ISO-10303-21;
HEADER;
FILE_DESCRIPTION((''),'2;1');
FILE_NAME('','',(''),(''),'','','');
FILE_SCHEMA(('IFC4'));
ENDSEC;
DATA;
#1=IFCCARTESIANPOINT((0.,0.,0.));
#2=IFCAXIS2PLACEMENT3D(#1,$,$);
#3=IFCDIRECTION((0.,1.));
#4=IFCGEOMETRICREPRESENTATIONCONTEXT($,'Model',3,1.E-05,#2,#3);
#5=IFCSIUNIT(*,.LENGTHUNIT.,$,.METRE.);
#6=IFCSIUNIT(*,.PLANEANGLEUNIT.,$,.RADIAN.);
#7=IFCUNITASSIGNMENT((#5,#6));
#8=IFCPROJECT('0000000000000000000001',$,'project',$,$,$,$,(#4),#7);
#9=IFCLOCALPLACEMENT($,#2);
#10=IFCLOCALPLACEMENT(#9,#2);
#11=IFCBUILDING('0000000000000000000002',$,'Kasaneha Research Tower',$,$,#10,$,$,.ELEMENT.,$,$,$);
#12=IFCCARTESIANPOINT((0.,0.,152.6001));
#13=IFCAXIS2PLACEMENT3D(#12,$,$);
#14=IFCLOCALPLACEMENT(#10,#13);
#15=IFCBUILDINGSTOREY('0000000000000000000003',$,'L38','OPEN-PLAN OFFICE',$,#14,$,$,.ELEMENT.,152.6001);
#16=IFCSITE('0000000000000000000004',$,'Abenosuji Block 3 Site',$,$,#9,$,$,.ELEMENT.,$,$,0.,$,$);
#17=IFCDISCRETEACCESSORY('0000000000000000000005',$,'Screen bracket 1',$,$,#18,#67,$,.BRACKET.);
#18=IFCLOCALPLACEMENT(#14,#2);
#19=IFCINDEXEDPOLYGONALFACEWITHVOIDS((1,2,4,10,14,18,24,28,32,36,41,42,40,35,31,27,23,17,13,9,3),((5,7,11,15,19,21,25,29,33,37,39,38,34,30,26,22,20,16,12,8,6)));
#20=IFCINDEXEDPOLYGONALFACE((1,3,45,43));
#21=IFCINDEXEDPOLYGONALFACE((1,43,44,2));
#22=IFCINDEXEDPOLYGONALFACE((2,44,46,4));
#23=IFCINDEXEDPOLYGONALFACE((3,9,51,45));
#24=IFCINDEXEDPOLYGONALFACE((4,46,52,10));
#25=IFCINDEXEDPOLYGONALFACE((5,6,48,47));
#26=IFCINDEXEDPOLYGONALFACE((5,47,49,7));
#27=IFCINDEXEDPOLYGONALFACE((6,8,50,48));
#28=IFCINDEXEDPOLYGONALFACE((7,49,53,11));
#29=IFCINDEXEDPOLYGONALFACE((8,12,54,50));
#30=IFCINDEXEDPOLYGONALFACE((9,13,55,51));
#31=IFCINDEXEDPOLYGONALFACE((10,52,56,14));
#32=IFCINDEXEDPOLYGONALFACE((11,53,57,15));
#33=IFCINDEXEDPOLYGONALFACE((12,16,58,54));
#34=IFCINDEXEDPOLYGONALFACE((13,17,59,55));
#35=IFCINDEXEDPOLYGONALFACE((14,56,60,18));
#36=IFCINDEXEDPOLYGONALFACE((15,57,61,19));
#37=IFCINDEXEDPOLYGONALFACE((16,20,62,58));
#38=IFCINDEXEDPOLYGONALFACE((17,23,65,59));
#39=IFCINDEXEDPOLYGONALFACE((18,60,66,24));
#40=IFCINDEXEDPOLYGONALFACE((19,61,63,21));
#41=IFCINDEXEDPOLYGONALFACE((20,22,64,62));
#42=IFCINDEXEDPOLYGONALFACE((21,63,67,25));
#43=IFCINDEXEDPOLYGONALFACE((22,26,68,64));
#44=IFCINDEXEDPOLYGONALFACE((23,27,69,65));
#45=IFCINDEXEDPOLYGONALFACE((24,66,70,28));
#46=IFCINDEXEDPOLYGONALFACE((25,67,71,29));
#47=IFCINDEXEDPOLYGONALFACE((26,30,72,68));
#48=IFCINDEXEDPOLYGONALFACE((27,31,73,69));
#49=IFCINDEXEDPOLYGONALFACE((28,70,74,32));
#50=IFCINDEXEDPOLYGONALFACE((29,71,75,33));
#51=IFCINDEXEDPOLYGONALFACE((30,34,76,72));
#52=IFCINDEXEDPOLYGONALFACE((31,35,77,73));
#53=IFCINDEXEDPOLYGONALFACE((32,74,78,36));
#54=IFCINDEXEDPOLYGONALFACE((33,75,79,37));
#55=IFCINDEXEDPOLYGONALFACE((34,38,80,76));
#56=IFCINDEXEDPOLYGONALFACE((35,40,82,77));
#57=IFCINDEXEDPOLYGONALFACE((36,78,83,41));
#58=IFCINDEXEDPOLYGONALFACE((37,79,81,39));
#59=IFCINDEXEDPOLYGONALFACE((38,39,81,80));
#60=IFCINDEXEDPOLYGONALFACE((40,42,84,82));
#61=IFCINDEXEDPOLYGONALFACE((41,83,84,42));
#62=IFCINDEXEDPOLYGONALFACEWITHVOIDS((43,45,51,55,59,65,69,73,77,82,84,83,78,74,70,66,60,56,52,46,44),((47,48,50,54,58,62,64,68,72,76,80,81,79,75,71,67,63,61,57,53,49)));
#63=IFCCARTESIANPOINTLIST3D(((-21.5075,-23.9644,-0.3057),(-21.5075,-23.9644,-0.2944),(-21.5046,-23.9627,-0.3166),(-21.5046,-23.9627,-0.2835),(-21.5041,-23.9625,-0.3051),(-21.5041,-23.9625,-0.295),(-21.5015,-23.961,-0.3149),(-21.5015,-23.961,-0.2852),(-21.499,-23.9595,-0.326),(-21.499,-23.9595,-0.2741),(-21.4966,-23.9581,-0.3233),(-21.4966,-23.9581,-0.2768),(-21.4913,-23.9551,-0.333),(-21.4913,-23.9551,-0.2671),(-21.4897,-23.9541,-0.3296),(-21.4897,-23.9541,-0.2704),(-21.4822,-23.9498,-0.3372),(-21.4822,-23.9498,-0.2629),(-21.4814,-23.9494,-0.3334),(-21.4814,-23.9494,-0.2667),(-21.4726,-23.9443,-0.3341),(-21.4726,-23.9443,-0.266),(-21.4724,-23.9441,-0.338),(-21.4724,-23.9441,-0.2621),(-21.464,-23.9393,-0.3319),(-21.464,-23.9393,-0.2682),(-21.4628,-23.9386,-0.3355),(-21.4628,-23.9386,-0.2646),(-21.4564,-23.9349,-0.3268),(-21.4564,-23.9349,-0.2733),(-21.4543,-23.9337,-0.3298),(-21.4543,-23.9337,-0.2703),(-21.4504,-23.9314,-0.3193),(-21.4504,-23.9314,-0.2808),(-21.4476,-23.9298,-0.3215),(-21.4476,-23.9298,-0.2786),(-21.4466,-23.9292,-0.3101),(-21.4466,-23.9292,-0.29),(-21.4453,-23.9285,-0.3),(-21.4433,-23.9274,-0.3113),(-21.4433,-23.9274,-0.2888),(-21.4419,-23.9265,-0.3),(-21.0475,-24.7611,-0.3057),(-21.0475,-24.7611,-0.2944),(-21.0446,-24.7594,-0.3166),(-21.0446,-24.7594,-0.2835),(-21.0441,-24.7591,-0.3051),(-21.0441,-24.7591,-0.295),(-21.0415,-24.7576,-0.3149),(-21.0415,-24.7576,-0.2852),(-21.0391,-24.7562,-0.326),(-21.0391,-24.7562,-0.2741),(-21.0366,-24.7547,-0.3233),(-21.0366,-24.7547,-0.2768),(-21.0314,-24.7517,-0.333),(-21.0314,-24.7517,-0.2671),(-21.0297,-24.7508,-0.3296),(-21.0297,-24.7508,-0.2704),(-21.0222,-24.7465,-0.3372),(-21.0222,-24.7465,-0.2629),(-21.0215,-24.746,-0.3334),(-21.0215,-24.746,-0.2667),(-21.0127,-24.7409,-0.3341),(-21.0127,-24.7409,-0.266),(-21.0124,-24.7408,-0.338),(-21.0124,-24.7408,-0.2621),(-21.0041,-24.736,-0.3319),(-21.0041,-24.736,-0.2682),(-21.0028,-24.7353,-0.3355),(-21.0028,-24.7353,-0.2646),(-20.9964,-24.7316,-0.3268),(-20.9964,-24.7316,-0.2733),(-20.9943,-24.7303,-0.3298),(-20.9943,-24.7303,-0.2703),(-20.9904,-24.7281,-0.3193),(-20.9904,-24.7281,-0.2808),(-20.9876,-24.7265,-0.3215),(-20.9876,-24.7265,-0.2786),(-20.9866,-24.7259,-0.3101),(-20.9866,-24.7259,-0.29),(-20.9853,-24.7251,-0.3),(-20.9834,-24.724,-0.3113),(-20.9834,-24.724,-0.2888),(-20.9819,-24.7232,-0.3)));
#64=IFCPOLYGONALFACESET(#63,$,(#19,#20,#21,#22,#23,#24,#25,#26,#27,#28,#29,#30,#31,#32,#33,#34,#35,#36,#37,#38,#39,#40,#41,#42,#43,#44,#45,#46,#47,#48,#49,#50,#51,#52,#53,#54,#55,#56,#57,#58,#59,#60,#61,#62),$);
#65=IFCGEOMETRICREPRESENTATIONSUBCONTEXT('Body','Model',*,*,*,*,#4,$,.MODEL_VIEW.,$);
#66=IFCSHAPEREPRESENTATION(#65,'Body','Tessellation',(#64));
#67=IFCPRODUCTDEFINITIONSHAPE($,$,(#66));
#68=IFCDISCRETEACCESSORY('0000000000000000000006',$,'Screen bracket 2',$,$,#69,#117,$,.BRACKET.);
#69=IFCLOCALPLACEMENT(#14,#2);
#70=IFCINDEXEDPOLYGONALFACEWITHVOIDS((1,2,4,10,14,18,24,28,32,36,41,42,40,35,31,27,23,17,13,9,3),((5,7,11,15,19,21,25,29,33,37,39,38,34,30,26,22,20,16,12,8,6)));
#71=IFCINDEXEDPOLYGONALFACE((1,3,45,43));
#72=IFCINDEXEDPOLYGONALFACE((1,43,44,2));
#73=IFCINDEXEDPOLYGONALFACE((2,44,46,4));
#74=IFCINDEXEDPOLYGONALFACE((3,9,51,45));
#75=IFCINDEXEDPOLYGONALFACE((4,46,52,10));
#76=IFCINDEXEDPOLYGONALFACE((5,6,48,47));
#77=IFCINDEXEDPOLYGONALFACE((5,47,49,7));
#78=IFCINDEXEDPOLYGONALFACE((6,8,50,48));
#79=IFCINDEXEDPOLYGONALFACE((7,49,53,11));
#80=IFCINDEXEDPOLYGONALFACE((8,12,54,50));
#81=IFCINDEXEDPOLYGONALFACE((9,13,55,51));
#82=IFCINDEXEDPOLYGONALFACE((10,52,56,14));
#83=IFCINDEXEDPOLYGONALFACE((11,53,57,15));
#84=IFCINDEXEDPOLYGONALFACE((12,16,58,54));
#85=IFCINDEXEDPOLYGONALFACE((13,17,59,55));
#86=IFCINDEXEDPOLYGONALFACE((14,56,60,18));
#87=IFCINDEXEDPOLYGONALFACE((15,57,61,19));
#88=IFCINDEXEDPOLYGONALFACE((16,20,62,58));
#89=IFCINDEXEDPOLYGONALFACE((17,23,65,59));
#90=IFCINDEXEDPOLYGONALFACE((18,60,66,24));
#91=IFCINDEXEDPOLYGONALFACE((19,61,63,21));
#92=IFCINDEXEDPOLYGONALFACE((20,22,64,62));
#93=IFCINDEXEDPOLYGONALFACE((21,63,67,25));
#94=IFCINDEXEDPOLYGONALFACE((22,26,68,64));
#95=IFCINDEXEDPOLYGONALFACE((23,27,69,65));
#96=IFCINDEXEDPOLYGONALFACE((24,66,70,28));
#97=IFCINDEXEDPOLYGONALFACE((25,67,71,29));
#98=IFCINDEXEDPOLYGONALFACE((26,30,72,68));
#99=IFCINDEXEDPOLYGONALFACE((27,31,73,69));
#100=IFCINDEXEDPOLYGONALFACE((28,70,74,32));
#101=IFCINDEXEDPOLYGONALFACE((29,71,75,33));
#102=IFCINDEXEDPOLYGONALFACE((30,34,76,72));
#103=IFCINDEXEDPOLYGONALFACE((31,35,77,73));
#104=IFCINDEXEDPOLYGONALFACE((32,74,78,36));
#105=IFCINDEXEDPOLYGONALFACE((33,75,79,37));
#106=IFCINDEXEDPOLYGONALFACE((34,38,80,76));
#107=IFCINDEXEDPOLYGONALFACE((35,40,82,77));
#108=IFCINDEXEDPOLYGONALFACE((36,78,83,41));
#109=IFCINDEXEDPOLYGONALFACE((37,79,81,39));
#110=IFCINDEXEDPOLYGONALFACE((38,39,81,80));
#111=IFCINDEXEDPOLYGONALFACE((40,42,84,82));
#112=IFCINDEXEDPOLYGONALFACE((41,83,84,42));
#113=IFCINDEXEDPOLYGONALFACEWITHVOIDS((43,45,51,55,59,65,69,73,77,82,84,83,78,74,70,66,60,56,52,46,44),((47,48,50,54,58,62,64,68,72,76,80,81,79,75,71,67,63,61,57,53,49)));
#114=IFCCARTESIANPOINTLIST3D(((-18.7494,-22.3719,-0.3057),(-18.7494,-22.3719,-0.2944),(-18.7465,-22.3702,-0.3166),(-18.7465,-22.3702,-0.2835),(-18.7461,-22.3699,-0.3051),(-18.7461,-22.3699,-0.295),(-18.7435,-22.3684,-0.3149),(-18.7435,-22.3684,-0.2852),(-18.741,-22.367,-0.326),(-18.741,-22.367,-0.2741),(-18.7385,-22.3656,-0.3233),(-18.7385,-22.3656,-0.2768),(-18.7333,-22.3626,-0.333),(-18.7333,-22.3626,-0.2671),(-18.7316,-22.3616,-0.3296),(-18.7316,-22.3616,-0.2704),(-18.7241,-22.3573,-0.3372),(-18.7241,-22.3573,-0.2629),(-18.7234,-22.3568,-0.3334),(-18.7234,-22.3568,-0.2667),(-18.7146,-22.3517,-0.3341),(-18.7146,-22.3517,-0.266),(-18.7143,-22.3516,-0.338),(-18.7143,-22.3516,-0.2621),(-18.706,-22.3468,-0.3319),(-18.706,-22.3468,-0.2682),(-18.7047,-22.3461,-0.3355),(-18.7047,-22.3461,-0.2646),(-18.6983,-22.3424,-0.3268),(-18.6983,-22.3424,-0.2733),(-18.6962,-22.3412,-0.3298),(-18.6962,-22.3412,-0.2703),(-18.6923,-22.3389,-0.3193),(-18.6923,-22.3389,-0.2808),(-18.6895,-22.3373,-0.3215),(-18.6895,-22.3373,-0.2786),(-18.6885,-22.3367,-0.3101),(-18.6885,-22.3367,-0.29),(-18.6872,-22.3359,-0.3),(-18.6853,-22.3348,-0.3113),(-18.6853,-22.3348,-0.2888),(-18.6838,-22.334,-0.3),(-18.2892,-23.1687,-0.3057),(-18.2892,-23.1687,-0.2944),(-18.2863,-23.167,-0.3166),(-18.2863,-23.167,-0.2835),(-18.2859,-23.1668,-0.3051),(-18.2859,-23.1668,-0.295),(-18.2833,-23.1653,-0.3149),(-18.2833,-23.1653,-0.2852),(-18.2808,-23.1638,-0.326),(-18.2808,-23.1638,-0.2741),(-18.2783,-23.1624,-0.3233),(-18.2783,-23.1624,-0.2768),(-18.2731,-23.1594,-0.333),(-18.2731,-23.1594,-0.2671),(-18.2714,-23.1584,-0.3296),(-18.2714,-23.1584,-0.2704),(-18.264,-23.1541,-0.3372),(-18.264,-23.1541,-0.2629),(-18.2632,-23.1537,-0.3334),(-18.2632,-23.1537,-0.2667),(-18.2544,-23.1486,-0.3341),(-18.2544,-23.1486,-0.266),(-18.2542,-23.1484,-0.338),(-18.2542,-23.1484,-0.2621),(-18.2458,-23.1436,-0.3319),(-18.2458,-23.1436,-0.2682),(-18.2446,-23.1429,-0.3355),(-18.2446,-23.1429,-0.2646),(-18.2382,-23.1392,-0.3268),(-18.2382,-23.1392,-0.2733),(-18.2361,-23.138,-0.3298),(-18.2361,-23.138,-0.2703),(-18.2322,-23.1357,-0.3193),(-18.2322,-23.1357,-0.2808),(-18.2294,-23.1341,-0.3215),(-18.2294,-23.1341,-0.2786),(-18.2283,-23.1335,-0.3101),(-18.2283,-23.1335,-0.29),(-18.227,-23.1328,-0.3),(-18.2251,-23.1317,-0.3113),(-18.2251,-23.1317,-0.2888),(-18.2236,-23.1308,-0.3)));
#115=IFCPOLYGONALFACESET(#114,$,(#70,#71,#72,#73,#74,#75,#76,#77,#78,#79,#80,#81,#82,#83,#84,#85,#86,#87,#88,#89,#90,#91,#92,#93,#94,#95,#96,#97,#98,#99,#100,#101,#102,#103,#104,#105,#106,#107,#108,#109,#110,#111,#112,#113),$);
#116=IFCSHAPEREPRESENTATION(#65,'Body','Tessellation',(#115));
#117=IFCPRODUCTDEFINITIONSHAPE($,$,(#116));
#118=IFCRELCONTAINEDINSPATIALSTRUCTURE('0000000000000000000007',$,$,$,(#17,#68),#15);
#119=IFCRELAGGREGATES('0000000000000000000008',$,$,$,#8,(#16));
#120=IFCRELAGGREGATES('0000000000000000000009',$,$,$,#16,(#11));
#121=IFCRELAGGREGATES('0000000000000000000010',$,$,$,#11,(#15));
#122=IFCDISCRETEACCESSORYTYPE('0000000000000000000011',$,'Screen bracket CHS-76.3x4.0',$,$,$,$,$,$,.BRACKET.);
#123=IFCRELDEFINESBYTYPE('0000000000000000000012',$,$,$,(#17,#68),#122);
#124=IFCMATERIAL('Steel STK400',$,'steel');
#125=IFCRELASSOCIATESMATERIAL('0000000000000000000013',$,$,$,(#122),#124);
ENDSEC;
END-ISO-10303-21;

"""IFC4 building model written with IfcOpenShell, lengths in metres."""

from ifc_helpers import new_model, si_unit, direction, frame, origin, origin_2d, place, context, subcontext, project, spatial, hollow_circle, extrude, material, material_profile, profile_set, type_object, element, save


model = new_model("IFC4")

# Units and contexts
model_context = context("Model", 3, precision=1e-05, world=origin(), true_north=direction((0.0, 1.0)))
body_context = subcontext(model_context, "Body", "Model", "MODEL_VIEW")
ifc_project = project(units=[si_unit("LENGTHUNIT", "METRE"), si_unit("PLANEANGLEUNIT", "RADIAN")], contexts=[model_context])

# Site, building, storey
site_placement = place(None, origin())
site = spatial("IfcSite", under=ifc_project, at=site_placement, Name="Abenosuji Block 3 Site", CompositionType="ELEMENT", RefElevation=0.0)
building_placement = place(site_placement, origin())
building = spatial("IfcBuilding", under=site, at=building_placement, Name="Kasaneha Research Tower", CompositionType="ELEMENT")
storey_placement = place(building_placement, frame((0.0, 0.0, 152.6001)))
storey = spatial("IfcBuildingStorey", under=building, at=storey_placement, Name="L38", Description="OPEN-PLAN OFFICE", CompositionType="ELEMENT", Elevation=152.6001)

# Discrete accessories
ifc_material_1 = material(Name="Steel STK400", Category="steel")
ifc_material_profile_1 = material_profile(ifc_material_1, hollow_circle(Radius=0.0381, WallThickness=0.0039, at=origin_2d()), Name="CHS-76.3x4.0")
ifc_profile_set_1 = profile_set([ifc_material_profile_1], Name="Steel STK400")
discrete_accessory_type = type_object("IfcDiscreteAccessoryType", Name="Screen bracket CHS-76.3x4.0", PredefinedType="BRACKET", material=ifc_profile_set_1)
discrete_accessory_1_placement = place(storey_placement, frame((-21.4749, -23.9456, -0.3), z_axis=(0.500021, -0.866013, 0.0), x_axis=(0.866013, 0.500021, 0.0)))
element("IfcDiscreteAccessory", 1, at=discrete_accessory_1_placement, inside=storey, type_object=discrete_accessory_type, Name="Screen bracket 1", PredefinedType="BRACKET", context=body_context, shape_type="SweptSolid", body=[
    extrude(hollow_circle(Radius=0.0381, WallThickness=0.0039, at=origin_2d()), origin(), (0.0, 0.0, 1.0), 0.9199),
])
discrete_accessory_2_placement = place(storey_placement, frame((-18.7168, -22.353, -0.3), z_axis=(0.500105, -0.865965, 0.0), x_axis=(0.865965, 0.500105, 0.0)))
element("IfcDiscreteAccessory", 2, at=discrete_accessory_2_placement, inside=storey, type_object=discrete_accessory_type, Name="Screen bracket 2", PredefinedType="BRACKET", context=body_context, shape_type="SweptSolid", body=[
    extrude(hollow_circle(Radius=0.0381, WallThickness=0.0039, at=origin_2d()), origin(), (0.0, 0.0, 1.0), 0.9202),
])

save(model, "model.ifc")
